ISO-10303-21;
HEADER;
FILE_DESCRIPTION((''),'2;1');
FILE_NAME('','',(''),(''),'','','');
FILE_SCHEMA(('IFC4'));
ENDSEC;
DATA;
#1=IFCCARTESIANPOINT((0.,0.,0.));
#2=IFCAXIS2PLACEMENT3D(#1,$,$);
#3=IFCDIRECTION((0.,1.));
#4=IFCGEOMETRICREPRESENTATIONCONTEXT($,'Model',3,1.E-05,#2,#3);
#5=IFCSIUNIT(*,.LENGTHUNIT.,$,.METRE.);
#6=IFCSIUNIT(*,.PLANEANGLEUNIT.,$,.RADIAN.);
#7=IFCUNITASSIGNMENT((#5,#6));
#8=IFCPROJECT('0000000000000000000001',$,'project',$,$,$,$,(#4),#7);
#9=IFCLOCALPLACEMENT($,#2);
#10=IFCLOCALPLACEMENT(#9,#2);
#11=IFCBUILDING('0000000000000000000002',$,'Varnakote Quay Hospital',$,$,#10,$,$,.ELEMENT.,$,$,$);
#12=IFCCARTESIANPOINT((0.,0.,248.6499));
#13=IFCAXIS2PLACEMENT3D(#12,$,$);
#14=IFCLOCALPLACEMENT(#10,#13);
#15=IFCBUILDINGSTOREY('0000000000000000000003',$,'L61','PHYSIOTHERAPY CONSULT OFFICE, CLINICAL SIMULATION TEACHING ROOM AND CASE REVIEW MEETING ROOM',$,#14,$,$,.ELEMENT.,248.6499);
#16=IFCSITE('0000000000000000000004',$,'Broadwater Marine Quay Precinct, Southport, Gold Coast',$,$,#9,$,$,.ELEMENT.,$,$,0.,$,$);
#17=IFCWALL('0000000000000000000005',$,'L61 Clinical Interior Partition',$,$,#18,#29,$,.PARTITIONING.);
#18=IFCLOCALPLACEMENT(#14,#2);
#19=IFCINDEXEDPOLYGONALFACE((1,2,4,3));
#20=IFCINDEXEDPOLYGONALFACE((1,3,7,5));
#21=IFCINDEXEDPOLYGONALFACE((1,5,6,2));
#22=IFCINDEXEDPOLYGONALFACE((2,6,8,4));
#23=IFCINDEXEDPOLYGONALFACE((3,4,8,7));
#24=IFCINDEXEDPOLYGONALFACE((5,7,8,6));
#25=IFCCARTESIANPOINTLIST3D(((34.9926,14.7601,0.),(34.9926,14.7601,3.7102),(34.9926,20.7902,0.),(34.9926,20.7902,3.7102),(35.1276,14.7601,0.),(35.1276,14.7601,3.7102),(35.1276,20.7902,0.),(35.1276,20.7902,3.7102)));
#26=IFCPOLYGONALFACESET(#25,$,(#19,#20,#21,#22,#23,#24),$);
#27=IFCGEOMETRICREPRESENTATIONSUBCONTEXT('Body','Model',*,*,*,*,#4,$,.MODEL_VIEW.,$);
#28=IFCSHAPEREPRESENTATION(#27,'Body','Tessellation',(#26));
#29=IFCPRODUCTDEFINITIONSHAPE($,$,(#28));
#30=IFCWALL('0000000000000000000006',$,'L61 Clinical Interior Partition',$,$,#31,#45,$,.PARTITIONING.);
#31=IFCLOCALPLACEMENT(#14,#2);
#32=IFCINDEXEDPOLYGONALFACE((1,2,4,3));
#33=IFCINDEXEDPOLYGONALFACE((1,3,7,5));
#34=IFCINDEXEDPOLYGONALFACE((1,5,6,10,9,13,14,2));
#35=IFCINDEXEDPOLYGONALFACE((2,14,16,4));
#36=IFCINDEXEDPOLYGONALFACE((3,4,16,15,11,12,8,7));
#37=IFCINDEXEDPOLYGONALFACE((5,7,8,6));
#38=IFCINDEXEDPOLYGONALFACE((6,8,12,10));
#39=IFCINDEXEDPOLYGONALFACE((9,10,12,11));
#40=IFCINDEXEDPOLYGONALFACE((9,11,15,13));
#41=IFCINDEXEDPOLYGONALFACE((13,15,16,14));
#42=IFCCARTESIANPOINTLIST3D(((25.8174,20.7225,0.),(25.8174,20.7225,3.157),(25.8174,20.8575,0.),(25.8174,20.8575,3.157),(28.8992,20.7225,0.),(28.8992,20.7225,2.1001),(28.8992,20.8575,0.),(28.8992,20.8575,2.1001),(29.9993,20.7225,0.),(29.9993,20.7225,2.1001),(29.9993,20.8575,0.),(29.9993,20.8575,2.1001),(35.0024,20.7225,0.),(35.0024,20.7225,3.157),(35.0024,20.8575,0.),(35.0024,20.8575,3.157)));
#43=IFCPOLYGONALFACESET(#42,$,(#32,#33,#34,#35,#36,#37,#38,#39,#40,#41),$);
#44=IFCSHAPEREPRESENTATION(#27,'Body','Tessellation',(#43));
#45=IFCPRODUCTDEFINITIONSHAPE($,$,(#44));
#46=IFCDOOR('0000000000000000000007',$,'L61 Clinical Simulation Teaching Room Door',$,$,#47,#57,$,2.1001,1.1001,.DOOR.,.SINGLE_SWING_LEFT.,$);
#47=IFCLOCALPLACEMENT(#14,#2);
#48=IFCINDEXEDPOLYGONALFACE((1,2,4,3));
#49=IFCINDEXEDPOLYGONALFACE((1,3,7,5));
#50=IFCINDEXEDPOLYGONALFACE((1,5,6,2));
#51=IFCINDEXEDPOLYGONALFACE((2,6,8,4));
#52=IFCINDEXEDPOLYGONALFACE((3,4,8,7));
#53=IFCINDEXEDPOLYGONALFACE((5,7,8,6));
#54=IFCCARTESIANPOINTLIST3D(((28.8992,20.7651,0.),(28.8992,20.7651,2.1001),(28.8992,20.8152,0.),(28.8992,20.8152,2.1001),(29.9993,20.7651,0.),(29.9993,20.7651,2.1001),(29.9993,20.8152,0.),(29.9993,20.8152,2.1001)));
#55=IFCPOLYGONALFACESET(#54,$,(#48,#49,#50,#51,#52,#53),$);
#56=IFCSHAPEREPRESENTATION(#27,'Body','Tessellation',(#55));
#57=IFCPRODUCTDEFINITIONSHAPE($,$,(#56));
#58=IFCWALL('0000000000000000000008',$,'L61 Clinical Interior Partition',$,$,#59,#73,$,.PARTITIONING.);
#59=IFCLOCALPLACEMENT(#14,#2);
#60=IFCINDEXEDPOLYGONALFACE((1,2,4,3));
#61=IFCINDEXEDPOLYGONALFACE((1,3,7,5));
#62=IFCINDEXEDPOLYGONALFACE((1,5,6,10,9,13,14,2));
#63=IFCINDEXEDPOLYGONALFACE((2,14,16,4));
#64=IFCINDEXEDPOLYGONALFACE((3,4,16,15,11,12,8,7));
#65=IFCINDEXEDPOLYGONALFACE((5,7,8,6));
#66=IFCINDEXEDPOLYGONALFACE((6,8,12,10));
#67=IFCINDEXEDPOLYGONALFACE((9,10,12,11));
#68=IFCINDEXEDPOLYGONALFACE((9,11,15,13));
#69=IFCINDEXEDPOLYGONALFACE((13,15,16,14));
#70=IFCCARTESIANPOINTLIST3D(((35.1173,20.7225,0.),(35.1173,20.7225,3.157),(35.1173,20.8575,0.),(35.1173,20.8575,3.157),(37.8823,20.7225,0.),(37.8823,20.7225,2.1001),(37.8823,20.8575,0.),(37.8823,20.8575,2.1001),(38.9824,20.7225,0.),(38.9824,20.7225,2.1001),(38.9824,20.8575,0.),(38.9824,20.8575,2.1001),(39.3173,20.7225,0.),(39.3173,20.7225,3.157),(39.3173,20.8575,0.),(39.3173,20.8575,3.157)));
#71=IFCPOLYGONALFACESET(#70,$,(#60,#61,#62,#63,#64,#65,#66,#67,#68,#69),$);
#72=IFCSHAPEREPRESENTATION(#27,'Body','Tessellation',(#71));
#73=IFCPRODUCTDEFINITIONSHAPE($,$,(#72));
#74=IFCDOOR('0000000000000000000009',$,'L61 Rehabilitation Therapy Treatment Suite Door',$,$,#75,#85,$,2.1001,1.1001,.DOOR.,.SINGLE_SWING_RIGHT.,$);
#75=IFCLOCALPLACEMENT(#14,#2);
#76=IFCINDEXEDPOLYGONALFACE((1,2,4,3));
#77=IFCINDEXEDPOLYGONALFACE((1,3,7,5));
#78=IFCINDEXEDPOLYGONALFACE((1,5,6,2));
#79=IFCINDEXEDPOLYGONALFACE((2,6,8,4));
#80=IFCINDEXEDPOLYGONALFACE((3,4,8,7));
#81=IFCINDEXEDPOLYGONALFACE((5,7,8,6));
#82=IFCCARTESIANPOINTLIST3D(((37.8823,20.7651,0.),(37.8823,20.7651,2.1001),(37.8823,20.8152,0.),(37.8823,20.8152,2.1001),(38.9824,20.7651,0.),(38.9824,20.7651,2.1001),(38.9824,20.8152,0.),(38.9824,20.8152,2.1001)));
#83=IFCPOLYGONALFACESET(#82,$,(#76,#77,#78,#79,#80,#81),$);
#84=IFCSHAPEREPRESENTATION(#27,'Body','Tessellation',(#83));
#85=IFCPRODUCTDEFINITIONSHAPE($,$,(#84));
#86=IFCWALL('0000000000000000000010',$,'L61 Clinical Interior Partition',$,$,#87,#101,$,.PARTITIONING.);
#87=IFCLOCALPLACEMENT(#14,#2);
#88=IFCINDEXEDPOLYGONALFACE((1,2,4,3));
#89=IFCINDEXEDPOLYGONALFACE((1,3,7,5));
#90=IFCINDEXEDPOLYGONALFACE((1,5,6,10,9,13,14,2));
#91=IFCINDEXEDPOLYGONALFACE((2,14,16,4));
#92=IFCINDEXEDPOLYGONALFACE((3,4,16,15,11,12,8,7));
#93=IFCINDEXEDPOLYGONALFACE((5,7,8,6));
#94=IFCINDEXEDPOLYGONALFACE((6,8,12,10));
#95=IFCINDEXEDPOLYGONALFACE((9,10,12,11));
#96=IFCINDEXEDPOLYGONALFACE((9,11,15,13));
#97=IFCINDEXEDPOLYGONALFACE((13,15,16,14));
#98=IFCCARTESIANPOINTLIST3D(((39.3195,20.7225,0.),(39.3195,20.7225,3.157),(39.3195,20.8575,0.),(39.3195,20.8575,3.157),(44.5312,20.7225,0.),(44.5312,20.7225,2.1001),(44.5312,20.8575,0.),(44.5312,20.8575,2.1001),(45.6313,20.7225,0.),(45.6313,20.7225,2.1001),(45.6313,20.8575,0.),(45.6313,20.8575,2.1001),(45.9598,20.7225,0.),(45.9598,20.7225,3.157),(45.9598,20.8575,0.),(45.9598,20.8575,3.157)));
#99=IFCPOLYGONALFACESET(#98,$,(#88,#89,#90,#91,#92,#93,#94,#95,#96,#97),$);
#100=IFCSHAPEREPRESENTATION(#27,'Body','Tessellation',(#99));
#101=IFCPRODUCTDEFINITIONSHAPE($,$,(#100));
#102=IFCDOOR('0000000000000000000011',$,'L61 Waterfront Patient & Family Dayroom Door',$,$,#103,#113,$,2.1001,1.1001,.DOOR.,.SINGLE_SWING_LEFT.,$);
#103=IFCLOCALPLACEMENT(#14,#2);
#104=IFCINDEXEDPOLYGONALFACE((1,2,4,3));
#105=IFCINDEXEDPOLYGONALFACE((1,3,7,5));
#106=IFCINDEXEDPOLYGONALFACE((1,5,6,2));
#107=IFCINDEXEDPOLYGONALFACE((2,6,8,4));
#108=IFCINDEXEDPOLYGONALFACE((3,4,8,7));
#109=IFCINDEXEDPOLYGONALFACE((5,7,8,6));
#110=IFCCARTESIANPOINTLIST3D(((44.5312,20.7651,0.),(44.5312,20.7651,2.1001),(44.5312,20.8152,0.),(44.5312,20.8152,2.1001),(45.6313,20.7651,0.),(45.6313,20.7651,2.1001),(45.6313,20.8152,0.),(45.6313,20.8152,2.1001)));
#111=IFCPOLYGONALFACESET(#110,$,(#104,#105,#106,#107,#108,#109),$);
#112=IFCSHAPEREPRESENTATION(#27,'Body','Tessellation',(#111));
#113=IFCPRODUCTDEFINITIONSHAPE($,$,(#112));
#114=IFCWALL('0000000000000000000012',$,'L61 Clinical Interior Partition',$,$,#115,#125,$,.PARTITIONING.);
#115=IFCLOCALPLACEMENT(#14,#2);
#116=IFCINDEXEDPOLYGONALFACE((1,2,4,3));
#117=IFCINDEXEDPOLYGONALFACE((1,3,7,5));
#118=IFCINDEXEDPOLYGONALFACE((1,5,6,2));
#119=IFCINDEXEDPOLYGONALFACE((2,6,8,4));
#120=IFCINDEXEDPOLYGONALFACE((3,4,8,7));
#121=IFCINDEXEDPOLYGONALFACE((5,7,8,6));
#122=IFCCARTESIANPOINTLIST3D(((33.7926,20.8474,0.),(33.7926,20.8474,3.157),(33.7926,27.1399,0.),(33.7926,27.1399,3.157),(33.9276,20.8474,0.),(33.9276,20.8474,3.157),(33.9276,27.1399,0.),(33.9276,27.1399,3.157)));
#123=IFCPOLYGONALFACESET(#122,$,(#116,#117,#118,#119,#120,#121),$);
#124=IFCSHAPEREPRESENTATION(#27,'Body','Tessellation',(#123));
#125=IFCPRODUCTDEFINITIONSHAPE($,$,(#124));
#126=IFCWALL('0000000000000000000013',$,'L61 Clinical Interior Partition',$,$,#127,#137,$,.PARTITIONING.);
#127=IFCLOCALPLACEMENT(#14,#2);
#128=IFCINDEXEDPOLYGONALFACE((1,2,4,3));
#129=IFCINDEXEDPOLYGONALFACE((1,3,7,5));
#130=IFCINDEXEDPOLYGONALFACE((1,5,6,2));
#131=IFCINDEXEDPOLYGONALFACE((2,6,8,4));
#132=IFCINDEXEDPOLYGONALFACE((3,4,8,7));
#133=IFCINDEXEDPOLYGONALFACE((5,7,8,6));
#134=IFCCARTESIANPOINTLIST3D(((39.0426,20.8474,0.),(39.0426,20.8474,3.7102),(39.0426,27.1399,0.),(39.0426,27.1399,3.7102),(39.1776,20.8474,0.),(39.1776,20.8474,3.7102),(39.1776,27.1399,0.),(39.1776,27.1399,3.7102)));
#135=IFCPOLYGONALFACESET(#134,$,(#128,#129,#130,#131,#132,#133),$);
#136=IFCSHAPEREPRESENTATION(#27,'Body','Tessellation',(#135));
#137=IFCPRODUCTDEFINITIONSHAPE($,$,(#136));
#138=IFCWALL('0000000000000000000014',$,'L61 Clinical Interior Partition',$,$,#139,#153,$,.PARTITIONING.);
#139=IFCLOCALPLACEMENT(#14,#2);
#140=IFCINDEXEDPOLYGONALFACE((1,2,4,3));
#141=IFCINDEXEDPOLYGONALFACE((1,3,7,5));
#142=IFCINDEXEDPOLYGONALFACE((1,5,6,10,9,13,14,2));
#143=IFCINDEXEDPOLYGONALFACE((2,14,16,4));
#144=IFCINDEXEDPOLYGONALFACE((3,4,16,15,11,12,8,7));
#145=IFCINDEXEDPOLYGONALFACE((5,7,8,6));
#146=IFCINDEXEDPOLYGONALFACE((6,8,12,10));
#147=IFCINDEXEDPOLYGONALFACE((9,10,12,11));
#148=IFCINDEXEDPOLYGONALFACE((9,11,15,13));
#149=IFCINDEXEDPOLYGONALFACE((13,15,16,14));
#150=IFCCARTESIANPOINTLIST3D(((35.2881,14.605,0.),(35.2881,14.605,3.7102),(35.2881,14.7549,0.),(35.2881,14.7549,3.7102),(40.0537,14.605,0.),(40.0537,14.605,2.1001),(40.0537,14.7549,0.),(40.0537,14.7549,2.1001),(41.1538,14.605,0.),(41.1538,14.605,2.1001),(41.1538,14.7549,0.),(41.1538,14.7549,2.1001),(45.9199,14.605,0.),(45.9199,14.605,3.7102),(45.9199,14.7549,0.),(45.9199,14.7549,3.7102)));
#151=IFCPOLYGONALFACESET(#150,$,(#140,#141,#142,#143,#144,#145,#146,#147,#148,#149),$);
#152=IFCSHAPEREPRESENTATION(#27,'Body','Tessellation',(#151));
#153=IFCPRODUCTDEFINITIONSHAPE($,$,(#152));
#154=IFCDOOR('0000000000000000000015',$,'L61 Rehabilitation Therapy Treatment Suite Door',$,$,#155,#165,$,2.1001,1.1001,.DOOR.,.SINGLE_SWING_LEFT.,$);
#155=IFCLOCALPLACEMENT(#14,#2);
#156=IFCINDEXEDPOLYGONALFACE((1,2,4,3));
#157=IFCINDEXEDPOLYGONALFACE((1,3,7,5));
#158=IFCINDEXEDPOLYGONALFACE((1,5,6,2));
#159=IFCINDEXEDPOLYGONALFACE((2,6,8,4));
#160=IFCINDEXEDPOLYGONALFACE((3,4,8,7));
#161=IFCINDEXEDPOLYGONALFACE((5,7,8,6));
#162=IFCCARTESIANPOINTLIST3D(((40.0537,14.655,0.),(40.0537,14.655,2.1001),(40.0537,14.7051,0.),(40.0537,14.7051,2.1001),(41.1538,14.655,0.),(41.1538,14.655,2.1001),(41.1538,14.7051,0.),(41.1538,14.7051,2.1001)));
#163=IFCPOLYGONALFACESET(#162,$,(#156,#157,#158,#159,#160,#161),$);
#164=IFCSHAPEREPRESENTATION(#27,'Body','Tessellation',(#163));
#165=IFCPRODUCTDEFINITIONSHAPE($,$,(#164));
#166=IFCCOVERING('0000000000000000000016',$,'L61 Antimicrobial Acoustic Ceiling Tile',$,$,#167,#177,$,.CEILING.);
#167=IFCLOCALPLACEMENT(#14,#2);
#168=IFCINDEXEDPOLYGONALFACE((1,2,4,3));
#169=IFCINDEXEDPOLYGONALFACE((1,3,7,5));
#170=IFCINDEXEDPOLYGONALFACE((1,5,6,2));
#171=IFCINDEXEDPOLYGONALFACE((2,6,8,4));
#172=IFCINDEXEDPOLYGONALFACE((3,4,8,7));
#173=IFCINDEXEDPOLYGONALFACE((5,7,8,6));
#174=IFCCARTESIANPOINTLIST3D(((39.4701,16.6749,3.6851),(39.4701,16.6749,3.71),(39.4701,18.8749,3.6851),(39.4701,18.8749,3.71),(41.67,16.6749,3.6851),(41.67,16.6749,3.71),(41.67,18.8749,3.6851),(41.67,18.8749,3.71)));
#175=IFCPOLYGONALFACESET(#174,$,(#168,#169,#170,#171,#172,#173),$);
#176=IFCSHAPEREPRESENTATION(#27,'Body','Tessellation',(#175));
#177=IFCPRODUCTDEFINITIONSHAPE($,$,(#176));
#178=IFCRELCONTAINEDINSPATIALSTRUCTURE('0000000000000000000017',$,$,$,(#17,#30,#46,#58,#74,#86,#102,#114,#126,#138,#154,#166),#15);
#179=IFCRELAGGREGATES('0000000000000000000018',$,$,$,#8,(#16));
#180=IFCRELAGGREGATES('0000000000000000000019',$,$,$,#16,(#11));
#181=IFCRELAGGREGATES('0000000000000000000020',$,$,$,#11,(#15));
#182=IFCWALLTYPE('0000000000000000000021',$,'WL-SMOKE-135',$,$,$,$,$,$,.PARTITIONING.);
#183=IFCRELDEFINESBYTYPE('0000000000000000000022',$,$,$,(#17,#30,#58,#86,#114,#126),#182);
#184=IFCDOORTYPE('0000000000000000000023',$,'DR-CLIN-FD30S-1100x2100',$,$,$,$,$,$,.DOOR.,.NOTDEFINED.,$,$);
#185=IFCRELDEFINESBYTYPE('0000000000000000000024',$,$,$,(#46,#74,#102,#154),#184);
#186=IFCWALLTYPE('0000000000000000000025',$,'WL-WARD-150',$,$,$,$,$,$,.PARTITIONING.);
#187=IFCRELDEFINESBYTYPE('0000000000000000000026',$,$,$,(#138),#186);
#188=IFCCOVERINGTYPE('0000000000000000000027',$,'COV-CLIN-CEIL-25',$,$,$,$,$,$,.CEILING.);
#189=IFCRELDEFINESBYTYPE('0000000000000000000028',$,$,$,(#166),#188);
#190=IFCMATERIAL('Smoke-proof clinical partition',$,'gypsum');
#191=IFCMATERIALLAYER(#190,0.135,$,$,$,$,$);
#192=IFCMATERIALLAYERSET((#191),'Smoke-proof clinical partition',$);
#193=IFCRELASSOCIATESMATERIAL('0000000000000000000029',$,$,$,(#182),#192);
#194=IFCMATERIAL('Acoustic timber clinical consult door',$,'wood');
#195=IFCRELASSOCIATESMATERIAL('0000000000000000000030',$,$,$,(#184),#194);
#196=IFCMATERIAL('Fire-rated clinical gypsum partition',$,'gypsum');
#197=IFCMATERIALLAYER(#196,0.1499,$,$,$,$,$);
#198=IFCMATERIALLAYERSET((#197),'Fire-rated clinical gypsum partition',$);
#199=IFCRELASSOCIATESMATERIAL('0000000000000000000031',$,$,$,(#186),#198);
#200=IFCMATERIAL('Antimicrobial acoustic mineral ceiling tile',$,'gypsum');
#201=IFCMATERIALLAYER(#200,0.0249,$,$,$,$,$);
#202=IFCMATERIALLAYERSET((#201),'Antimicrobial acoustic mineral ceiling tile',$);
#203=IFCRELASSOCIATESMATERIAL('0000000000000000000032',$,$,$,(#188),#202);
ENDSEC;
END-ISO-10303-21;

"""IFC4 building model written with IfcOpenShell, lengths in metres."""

from ifc_helpers import new_model, si_unit, direction, frame, frame_2d, origin, origin_2d, place, context, subcontext, project, spatial, rectangle, extrude, material, layer, layer_set, type_object, element, fill, save


model = new_model("IFC4")

# Units and contexts
model_context = context("Model", 3, precision=1e-05, world=origin(), true_north=direction((0.0, 1.0)))
body_context = subcontext(model_context, "Body", "Model", "MODEL_VIEW")
ifc_project = project(units=[si_unit("LENGTHUNIT", "METRE"), si_unit("PLANEANGLEUNIT", "RADIAN")], contexts=[model_context])

# Site, building, storey
site_placement = place(None, origin())
site = spatial("IfcSite", under=ifc_project, at=site_placement, Name="Broadwater Marine Quay Precinct, Southport, Gold Coast", CompositionType="ELEMENT", RefElevation=0.0)
building_placement = place(site_placement, origin())
building = spatial("IfcBuilding", under=site, at=building_placement, Name="Varnakote Quay Hospital", CompositionType="ELEMENT")
storey_placement = place(building_placement, frame((0.0, 0.0, 248.6499)))
storey = spatial("IfcBuildingStorey", under=building, at=storey_placement, Name="L61", Description="PHYSIOTHERAPY CONSULT OFFICE, CLINICAL SIMULATION TEACHING ROOM AND CASE REVIEW MEETING ROOM", CompositionType="ELEMENT", Elevation=248.6499)

# Wall
ifc_material_1 = material(Name="Smoke-proof clinical partition", Category="gypsum")
ifc_layer_1 = layer(ifc_material_1, 0.135)
ifc_layer_set_1 = layer_set([ifc_layer_1], Name="Smoke-proof clinical partition")
wall_type_1 = type_object("IfcWallType", Name="WL-SMOKE-135", PredefinedType="PARTITIONING", material=ifc_layer_set_1)
wall_1_placement = place(storey_placement, frame((35.0601, 14.76, 0.0), z_axis=(0.0, 0.0, 1.0), x_axis=(0.0, 1.0, 0.0)))
element("IfcWall", 1, at=wall_1_placement, inside=storey, type_object=wall_type_1, Name="L61 Clinical Interior Partition", PredefinedType="PARTITIONING", context=body_context, shape_type="SweptSolid", body=[
    extrude(rectangle(XDim=6.03, YDim=0.135, at=frame_2d((3.0151, 0.0))), origin(), (0.0, 0.0, 1.0), 3.7102),
])

# Walls, openings, doors
wall_2_placement = place(storey_placement, frame((35.0024, 20.79, 0.0), z_axis=(0.0, 0.0, 1.0), x_axis=(-1.0, 0.0, 0.0)))
wall_2 = element("IfcWall", 2, at=wall_2_placement, inside=storey, type_object=wall_type_1, Name="L61 Clinical Interior Partition", PredefinedType="PARTITIONING", context=body_context, shape_type="SweptSolid", body=[
    extrude(rectangle(XDim=9.1851, YDim=0.135, at=frame_2d((4.5925, 0.0))), origin(), (0.0, 0.0, 1.0), 3.157),
])
opening_1_placement = place(wall_2_placement, frame((5.0032, 0.0, 0.0)))
opening_1 = element("IfcOpeningElement", 3, at=opening_1_placement, cuts=wall_2, PredefinedType="OPENING", context=body_context, shape_type="SweptSolid", body=[
    extrude(rectangle(XDim=1.1001, YDim=2.1001, at=frame_2d((0.55, 1.05))), frame((0.0, 0.0774, 0.0), z_axis=(0.0, -1.0, 0.0), x_axis=(1.0, 0.0, 0.0)), (0.0, 0.0, 1.0), 0.155),
])
ifc_material_2 = material(Name="Acoustic timber clinical consult door", Category="wood")
door_type = type_object("IfcDoorType", Name="DR-CLIN-FD30S-1100x2100", OperationType="NOTDEFINED", PredefinedType="DOOR", material=ifc_material_2)
door_1_placement = place(opening_1_placement, origin())
door_1 = element("IfcDoor", 4, at=door_1_placement, inside=storey, type_object=door_type, Name="L61 Clinical Simulation Teaching Room Door", OperationType="SINGLE_SWING_LEFT", OverallHeight=2.1001, OverallWidth=1.1001, PredefinedType="DOOR", context=body_context, shape_type="SweptSolid", body=[
    extrude(rectangle(XDim=1.1001, YDim=2.1001, at=frame_2d((0.55, 1.05))), frame((0.0, 0.0249, 0.0), z_axis=(0.0, -1.0, 0.0), x_axis=(1.0, 0.0, 0.0)), (0.0, 0.0, 1.0), 0.05),
])
fill(opening_1, door_1)
wall_3_placement = place(storey_placement, frame((39.3174, 20.79, 0.0), z_axis=(0.0, 0.0, 1.0), x_axis=(-1.0, 0.0, 0.0)))
wall_3 = element("IfcWall", 5, at=wall_3_placement, inside=storey, type_object=wall_type_1, Name="L61 Clinical Interior Partition", PredefinedType="PARTITIONING", context=body_context, shape_type="SweptSolid", body=[
    extrude(rectangle(XDim=4.2, YDim=0.135, at=frame_2d((2.1001, 0.0))), origin(), (0.0, 0.0, 1.0), 3.157),
])
opening_2_placement = place(wall_3_placement, frame((0.335, 0.0, 0.0)))
opening_2 = element("IfcOpeningElement", 6, at=opening_2_placement, cuts=wall_3, PredefinedType="OPENING", context=body_context, shape_type="SweptSolid", body=[
    extrude(rectangle(XDim=1.1001, YDim=2.1001, at=frame_2d((0.55, 1.05))), frame((0.0, 0.0774, 0.0), z_axis=(0.0, -1.0, 0.0), x_axis=(1.0, 0.0, 0.0)), (0.0, 0.0, 1.0), 0.155),
])
door_2_placement = place(opening_2_placement, origin())
door_2 = element("IfcDoor", 7, at=door_2_placement, inside=storey, type_object=door_type, Name="L61 Rehabilitation Therapy Treatment Suite Door", OperationType="SINGLE_SWING_RIGHT", OverallHeight=2.1001, OverallWidth=1.1001, PredefinedType="DOOR", context=body_context, shape_type="SweptSolid", body=[
    extrude(rectangle(XDim=1.1001, YDim=2.1001, at=frame_2d((0.55, 1.05))), frame((0.0, 0.0249, 0.0), z_axis=(0.0, -1.0, 0.0), x_axis=(1.0, 0.0, 0.0)), (0.0, 0.0, 1.0), 0.05),
])
fill(opening_2, door_2)
wall_4_placement = place(storey_placement, frame((45.96, 20.79, 0.0), z_axis=(0.0, 0.0, 1.0), x_axis=(-1.0, 0.0, 0.0)))
wall_4 = element("IfcWall", 8, at=wall_4_placement, inside=storey, type_object=wall_type_1, Name="L61 Clinical Interior Partition", PredefinedType="PARTITIONING", context=body_context, shape_type="SweptSolid", body=[
    extrude(rectangle(XDim=6.6404, YDim=0.135, at=frame_2d((3.3203, 0.0))), origin(), (0.0, 0.0, 1.0), 3.157),
])
opening_3_placement = place(wall_4_placement, frame((0.3286, 0.0, 0.0)))
opening_3 = element("IfcOpeningElement", 9, at=opening_3_placement, cuts=wall_4, PredefinedType="OPENING", context=body_context, shape_type="SweptSolid", body=[
    extrude(rectangle(XDim=1.1001, YDim=2.1001, at=frame_2d((0.55, 1.05))), frame((0.0, 0.0774, 0.0), z_axis=(0.0, -1.0, 0.0), x_axis=(1.0, 0.0, 0.0)), (0.0, 0.0, 1.0), 0.155),
])
door_3_placement = place(opening_3_placement, origin())
door_3 = element("IfcDoor", 10, at=door_3_placement, inside=storey, type_object=door_type, Name="L61 Waterfront Patient & Family Dayroom Door", OperationType="SINGLE_SWING_LEFT", OverallHeight=2.1001, OverallWidth=1.1001, PredefinedType="DOOR", context=body_context, shape_type="SweptSolid", body=[
    extrude(rectangle(XDim=1.1001, YDim=2.1001, at=frame_2d((0.55, 1.05))), frame((0.0, 0.0249, 0.0), z_axis=(0.0, -1.0, 0.0), x_axis=(1.0, 0.0, 0.0)), (0.0, 0.0, 1.0), 0.05),
])
fill(opening_3, door_3)

# Walls
wall_5_placement = place(storey_placement, frame((33.8601, 20.8474, 0.0), z_axis=(0.0, 0.0, 1.0), x_axis=(0.0, 1.0, 0.0)))
element("IfcWall", 11, at=wall_5_placement, inside=storey, type_object=wall_type_1, Name="L61 Clinical Interior Partition", PredefinedType="PARTITIONING", context=body_context, shape_type="SweptSolid", body=[
    extrude(rectangle(XDim=6.2925, YDim=0.135, at=frame_2d((3.1462, 0.0))), origin(), (0.0, 0.0, 1.0), 3.157),
])
wall_6_placement = place(storey_placement, frame((39.1101, 20.8474, 0.0), z_axis=(0.0, 0.0, 1.0), x_axis=(0.0, 1.0, 0.0)))
element("IfcWall", 12, at=wall_6_placement, inside=storey, type_object=wall_type_1, Name="L61 Clinical Interior Partition", PredefinedType="PARTITIONING", context=body_context, shape_type="SweptSolid", body=[
    extrude(rectangle(XDim=6.2925, YDim=0.135, at=frame_2d((3.1462, 0.0))), origin(), (0.0, 0.0, 1.0), 3.7102),
])

# Wall, opening, door
ifc_material_3 = material(Name="Fire-rated clinical gypsum partition", Category="gypsum")
ifc_layer_2 = layer(ifc_material_3, 0.1499)
ifc_layer_set_2 = layer_set([ifc_layer_2], Name="Fire-rated clinical gypsum partition")
wall_type_2 = type_object("IfcWallType", Name="WL-WARD-150", PredefinedType="PARTITIONING", material=ifc_layer_set_2)
wall_7_placement = place(storey_placement, frame((45.9199, 14.6799, 0.0), z_axis=(0.0, 0.0, 1.0), x_axis=(-1.0, 0.0, 0.0)))
wall_7 = element("IfcWall", 13, at=wall_7_placement, inside=storey, type_object=wall_type_2, Name="L61 Clinical Interior Partition", PredefinedType="PARTITIONING", context=body_context, shape_type="SweptSolid", body=[
    extrude(rectangle(XDim=10.6318, YDim=0.1499, at=frame_2d((5.3159, 0.0))), origin(), (0.0, 0.0, 1.0), 3.7102),
])
opening_4_placement = place(wall_7_placement, frame((4.7661, 0.0, 0.0)))
opening_4 = element("IfcOpeningElement", 14, at=opening_4_placement, cuts=wall_7, PredefinedType="OPENING", context=body_context, shape_type="SweptSolid", body=[
    extrude(rectangle(XDim=1.1001, YDim=2.1001, at=frame_2d((0.55, 1.05))), frame((0.0, 0.085, 0.0), z_axis=(0.0, -1.0, 0.0), x_axis=(1.0, 0.0, 0.0)), (0.0, 0.0, 1.0), 0.1699),
])
door_4_placement = place(opening_4_placement, origin())
door_4 = element("IfcDoor", 15, at=door_4_placement, inside=storey, type_object=door_type, Name="L61 Rehabilitation Therapy Treatment Suite Door", OperationType="SINGLE_SWING_LEFT", OverallHeight=2.1001, OverallWidth=1.1001, PredefinedType="DOOR", context=body_context, shape_type="SweptSolid", body=[
    extrude(rectangle(XDim=1.1001, YDim=2.1001, at=frame_2d((0.55, 1.05))), frame((0.0, 0.0249, 0.0), z_axis=(0.0, -1.0, 0.0), x_axis=(1.0, 0.0, 0.0)), (0.0, 0.0, 1.0), 0.05),
])
fill(opening_4, door_4)

# Covering
ifc_material_4 = material(Name="Antimicrobial acoustic mineral ceiling tile", Category="gypsum")
ifc_layer_3 = layer(ifc_material_4, 0.0249)
ifc_layer_set_3 = layer_set([ifc_layer_3], Name="Antimicrobial acoustic mineral ceiling tile")
covering_type_1 = type_object("IfcCoveringType", Name="COV-CLIN-CEIL-25", PredefinedType="CEILING", material=ifc_layer_set_3)
covering_1_placement = place(storey_placement, frame((40.5701, 17.7749, 3.6851), z_axis=(0.0, 0.0, 1.0), x_axis=(1.0, 0.0, 0.0)))
element("IfcCovering", 16, at=covering_1_placement, inside=storey, type_object=covering_type_1, Name="L61 Antimicrobial Acoustic Ceiling Tile", PredefinedType="CEILING", context=body_context, shape_type="SweptSolid", body=[
    extrude(rectangle(XDim=2.2, YDim=2.2, at=origin_2d()), origin(), (0.0, 0.0, 1.0), 0.0249),
])

save(model, "model.ifc")
